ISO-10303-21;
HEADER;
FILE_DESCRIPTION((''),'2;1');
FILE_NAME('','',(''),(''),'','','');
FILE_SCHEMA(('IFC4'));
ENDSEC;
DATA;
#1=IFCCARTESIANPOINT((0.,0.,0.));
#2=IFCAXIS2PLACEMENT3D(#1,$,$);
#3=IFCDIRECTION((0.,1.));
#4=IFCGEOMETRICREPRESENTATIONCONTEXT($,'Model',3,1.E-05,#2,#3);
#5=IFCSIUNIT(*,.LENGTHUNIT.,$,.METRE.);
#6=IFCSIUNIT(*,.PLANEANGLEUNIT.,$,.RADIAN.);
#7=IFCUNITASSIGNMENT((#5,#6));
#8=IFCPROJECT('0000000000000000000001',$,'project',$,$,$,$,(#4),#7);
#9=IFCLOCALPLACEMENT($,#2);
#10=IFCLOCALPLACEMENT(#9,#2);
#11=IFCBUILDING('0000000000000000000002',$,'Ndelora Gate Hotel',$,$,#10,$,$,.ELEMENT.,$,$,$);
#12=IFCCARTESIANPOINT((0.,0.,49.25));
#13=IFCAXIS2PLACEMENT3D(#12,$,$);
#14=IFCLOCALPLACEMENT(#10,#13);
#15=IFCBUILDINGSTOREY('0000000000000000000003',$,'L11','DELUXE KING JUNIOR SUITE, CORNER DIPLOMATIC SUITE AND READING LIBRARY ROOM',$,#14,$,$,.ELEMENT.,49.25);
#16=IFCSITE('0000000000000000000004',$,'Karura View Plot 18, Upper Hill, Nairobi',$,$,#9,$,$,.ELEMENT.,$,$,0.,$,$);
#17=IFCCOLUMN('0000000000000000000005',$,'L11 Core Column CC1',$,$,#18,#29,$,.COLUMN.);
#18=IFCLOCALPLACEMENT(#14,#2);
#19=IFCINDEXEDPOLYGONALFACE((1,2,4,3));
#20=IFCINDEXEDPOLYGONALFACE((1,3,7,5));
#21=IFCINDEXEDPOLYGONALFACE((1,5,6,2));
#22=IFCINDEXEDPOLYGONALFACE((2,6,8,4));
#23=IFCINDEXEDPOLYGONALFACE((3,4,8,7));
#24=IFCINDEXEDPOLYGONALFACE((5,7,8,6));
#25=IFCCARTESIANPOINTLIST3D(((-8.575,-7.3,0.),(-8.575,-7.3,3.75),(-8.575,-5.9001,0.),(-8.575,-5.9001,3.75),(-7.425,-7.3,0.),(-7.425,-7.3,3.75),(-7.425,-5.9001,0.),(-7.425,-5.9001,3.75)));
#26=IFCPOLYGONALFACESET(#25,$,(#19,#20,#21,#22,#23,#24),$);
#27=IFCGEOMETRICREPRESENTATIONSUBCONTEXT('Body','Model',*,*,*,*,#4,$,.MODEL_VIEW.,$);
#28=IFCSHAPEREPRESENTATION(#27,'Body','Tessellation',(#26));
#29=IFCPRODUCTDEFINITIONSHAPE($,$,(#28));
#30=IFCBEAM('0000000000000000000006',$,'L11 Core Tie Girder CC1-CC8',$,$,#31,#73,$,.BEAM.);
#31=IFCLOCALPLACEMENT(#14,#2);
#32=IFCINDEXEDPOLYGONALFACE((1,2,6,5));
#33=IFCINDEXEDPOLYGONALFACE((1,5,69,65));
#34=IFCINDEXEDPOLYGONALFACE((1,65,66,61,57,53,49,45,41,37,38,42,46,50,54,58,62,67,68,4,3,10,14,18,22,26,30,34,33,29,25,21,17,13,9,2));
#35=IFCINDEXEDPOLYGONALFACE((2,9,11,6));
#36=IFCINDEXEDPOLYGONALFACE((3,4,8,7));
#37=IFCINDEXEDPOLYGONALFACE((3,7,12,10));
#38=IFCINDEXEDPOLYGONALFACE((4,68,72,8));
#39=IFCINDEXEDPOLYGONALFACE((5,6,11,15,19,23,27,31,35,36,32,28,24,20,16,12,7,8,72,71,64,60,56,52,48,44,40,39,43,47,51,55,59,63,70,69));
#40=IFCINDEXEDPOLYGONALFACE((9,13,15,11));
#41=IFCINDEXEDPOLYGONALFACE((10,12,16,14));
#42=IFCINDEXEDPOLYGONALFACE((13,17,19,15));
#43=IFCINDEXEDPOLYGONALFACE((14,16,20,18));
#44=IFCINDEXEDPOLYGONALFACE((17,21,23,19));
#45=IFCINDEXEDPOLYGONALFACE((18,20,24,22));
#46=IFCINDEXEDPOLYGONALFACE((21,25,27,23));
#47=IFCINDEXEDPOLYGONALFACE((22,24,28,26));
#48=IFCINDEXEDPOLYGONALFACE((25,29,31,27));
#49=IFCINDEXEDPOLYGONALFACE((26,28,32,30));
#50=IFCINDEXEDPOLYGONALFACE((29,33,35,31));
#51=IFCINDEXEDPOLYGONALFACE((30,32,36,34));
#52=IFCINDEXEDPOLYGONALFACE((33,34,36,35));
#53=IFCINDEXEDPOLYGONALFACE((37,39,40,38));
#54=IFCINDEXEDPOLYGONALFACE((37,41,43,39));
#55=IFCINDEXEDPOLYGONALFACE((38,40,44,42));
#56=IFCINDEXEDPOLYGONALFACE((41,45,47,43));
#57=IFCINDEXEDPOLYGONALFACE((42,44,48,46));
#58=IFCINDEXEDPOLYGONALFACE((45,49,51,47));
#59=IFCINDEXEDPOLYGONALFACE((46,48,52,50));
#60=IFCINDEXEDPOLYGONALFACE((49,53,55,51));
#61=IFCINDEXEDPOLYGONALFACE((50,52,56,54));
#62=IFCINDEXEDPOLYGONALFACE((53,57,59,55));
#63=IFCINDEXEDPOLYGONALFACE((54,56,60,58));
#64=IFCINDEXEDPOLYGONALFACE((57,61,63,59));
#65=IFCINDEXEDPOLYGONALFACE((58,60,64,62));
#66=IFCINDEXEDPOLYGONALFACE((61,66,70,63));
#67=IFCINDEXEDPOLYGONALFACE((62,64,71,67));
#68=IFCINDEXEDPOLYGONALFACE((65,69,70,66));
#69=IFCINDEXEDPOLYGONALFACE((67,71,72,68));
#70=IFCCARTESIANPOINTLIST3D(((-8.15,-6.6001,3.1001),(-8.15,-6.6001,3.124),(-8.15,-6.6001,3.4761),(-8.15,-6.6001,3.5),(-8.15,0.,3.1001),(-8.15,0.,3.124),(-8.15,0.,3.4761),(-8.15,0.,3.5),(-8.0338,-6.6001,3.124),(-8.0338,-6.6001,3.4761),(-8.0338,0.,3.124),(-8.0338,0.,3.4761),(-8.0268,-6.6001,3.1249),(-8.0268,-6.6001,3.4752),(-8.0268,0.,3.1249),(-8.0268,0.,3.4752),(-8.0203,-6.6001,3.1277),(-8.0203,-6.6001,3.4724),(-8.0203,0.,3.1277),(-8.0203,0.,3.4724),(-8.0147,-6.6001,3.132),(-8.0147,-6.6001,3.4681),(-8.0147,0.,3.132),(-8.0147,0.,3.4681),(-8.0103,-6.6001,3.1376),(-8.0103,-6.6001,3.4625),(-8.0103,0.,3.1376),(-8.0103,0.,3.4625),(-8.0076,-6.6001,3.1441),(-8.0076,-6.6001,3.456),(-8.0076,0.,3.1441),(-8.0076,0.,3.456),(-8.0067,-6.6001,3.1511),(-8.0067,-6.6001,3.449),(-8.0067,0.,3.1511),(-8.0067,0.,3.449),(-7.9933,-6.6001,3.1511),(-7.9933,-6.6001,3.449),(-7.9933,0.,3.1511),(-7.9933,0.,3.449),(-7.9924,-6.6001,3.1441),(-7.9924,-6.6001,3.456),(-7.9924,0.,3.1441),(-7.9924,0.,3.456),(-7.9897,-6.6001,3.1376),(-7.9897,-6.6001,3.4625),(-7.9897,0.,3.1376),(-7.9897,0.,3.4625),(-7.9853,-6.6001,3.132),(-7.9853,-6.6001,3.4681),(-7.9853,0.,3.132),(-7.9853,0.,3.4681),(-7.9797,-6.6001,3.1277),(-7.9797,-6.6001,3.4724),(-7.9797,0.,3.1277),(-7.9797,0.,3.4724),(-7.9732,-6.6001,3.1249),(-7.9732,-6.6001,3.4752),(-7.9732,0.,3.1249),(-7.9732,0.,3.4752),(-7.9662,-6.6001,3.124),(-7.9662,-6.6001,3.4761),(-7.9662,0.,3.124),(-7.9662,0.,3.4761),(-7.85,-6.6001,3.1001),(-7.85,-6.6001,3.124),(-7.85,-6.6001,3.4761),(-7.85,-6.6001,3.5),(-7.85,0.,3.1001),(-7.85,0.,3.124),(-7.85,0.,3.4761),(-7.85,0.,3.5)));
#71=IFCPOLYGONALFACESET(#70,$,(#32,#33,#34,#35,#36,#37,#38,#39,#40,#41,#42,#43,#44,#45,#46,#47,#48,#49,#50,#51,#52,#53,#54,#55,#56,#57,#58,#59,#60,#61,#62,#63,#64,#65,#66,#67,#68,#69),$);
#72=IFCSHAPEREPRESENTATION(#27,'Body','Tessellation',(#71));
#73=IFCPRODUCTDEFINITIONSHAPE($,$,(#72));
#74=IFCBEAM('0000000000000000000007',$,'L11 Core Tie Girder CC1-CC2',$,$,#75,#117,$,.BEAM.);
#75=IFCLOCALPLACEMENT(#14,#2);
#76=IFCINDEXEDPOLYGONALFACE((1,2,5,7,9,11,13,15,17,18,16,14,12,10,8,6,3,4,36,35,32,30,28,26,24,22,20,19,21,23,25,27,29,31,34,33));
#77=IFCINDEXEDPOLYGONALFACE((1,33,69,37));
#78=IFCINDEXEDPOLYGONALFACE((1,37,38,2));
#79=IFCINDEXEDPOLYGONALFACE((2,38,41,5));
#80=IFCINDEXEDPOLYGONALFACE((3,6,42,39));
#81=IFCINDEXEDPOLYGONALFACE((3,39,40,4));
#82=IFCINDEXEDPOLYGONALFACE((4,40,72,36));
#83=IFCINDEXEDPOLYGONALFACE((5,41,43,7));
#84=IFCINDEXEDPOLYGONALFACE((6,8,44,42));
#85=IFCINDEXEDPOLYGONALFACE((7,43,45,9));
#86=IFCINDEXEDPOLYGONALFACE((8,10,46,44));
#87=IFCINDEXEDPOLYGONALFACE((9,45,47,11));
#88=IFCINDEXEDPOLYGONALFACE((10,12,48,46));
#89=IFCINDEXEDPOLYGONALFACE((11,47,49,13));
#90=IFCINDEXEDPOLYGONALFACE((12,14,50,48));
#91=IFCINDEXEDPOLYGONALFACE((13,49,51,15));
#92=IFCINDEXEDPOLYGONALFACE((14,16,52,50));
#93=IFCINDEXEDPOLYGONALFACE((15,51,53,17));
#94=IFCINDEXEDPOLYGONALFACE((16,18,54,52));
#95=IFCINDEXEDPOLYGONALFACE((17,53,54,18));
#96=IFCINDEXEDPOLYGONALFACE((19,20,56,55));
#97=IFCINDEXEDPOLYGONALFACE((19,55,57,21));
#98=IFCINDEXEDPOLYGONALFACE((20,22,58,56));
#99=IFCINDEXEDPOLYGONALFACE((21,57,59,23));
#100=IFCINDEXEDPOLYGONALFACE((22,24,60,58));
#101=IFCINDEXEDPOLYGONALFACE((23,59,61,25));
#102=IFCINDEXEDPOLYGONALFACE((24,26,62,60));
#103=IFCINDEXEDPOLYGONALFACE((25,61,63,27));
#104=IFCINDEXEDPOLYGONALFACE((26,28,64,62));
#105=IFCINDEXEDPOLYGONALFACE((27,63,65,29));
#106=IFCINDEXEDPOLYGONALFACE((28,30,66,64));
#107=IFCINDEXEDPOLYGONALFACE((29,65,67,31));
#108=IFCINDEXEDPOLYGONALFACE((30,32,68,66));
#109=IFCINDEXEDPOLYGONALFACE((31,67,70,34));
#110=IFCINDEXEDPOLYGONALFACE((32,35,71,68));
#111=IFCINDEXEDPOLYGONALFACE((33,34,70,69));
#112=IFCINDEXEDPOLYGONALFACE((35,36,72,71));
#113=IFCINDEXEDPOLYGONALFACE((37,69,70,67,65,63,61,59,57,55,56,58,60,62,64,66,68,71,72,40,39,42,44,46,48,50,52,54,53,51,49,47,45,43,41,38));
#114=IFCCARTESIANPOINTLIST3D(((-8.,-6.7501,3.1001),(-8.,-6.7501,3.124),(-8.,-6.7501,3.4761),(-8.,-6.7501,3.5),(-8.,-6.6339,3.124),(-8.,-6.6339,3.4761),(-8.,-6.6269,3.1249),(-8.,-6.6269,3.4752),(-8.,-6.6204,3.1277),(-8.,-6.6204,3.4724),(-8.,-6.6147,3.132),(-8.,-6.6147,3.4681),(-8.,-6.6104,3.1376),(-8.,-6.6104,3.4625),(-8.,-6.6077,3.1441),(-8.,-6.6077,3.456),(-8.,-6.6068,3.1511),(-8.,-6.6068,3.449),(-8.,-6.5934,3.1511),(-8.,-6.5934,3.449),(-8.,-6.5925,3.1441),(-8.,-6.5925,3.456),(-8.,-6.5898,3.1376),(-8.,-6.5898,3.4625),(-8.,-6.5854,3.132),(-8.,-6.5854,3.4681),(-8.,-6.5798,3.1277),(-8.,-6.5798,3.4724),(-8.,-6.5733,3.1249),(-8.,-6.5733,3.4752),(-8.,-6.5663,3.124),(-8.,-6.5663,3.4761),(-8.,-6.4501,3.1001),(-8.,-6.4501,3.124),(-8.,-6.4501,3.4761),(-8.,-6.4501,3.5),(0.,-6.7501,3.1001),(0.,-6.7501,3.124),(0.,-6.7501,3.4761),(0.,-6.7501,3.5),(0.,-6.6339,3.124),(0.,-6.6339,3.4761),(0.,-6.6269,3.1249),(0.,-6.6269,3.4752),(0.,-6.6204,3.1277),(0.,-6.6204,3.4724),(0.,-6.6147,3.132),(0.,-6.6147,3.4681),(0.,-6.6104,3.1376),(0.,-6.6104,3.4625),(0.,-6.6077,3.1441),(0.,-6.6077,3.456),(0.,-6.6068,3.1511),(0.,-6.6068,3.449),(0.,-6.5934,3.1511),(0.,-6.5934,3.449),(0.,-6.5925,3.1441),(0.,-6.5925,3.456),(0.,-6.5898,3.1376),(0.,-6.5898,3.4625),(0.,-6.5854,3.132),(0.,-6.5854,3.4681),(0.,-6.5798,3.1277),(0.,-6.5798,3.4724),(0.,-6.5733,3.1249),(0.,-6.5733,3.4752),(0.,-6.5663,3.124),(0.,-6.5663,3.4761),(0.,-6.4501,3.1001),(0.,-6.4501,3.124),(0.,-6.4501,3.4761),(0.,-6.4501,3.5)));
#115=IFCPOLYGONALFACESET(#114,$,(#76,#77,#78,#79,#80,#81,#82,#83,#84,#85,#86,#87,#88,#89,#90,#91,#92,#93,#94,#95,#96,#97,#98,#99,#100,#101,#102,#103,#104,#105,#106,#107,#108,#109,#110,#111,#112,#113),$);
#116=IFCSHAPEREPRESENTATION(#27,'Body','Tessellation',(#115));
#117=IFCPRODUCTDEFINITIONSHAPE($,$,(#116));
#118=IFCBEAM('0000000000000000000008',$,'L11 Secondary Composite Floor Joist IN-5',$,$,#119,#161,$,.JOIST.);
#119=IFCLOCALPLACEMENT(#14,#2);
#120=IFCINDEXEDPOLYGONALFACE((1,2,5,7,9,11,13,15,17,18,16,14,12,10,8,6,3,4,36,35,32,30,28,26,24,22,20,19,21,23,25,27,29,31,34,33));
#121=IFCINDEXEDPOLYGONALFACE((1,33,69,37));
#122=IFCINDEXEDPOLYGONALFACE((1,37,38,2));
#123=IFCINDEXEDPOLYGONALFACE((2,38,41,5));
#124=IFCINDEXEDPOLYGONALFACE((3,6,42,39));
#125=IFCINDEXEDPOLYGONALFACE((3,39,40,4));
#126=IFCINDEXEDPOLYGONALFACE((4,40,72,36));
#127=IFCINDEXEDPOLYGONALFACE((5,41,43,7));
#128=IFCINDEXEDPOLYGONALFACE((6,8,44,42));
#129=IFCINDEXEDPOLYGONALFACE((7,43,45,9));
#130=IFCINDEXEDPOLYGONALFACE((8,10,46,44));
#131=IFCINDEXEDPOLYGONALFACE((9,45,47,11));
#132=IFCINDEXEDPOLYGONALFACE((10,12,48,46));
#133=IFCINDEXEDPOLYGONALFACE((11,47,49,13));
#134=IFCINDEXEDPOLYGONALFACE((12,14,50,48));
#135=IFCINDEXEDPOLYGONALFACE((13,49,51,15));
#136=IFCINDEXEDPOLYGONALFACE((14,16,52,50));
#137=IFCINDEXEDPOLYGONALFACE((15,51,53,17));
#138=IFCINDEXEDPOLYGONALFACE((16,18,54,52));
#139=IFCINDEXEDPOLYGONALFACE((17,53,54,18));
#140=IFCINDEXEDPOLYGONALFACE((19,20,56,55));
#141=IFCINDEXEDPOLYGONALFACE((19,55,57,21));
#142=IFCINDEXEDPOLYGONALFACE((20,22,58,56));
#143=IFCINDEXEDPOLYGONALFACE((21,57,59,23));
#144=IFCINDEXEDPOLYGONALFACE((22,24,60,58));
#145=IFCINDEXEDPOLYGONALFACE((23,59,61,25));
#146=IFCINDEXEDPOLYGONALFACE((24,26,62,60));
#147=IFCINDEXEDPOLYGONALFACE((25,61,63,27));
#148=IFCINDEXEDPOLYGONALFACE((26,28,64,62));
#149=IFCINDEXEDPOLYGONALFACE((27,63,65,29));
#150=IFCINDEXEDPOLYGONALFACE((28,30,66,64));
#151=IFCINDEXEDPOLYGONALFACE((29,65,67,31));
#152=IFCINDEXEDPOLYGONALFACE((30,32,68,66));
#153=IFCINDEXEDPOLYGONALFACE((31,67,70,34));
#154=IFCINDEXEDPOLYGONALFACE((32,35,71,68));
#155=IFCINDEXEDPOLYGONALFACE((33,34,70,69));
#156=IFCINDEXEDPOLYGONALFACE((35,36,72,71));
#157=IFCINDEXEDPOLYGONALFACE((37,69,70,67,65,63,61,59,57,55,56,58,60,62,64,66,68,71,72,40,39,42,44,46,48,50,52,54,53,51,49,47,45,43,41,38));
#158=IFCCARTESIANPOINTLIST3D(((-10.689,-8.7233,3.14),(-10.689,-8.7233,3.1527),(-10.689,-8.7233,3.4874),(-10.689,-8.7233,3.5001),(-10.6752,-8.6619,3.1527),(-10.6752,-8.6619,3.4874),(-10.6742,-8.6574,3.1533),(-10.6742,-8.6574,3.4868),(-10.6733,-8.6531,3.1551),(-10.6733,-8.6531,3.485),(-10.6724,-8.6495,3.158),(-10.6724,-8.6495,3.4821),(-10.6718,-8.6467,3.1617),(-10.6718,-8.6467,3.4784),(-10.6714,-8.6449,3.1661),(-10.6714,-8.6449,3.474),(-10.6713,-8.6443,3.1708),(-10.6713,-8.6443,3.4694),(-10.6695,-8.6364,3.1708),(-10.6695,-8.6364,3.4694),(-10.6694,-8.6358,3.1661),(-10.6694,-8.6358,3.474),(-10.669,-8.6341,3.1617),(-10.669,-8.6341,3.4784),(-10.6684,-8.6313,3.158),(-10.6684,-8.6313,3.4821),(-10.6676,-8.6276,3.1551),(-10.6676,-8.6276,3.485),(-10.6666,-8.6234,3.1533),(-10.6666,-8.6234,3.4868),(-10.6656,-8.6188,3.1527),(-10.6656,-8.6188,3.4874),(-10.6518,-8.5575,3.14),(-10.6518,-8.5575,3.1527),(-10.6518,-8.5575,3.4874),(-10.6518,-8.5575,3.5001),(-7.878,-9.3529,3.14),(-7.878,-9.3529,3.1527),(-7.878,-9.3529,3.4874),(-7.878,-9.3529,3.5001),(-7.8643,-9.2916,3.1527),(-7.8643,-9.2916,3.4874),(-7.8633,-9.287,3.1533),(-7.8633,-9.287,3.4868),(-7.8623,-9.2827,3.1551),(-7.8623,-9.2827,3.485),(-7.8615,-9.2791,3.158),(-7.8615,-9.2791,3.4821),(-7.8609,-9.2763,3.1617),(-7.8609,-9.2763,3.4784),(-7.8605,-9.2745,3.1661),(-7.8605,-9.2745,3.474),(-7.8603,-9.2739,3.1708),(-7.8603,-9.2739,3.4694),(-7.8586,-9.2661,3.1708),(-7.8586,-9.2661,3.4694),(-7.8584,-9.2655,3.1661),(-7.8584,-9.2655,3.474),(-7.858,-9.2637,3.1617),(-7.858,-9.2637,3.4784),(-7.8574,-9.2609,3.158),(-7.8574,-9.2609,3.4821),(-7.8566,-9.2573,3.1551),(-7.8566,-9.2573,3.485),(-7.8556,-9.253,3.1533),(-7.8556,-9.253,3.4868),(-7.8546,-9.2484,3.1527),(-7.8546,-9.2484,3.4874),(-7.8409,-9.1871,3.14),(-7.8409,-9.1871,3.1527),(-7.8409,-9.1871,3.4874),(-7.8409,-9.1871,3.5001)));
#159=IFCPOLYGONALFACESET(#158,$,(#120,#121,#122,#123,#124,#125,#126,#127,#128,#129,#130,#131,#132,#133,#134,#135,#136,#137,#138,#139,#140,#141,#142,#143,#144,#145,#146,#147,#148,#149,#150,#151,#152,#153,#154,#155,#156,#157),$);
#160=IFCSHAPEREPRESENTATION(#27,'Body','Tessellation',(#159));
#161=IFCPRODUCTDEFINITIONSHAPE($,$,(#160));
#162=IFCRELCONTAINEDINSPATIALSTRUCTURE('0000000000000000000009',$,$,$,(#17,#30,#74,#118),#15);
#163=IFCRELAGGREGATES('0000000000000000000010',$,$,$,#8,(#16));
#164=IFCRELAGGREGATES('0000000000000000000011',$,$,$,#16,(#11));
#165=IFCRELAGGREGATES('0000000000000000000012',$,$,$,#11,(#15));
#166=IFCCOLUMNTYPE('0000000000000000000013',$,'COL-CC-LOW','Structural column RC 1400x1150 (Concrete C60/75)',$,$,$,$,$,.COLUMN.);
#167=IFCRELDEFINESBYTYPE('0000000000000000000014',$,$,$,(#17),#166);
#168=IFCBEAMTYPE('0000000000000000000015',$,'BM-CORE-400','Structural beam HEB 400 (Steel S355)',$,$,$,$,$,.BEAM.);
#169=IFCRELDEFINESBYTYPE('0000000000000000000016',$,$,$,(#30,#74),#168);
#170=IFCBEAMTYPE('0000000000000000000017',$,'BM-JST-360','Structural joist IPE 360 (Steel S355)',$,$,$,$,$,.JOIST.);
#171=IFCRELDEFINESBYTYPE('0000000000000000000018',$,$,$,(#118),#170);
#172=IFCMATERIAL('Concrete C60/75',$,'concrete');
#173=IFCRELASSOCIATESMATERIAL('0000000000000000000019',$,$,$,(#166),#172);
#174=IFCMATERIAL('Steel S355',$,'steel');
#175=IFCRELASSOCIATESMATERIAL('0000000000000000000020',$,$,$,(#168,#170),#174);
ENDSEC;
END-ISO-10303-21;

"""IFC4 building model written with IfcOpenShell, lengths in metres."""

from ifc_helpers import new_model, si_unit, direction, frame, origin, origin_2d, place, context, subcontext, project, spatial, rectangle, i_section, extrude, material, material_profile, profile_set, type_object, element, save


model = new_model("IFC4")

# Units and contexts
model_context = context("Model", 3, precision=1e-05, world=origin(), true_north=direction((0.0, 1.0)))
body_context = subcontext(model_context, "Body", "Model", "MODEL_VIEW")
ifc_project = project(units=[si_unit("LENGTHUNIT", "METRE"), si_unit("PLANEANGLEUNIT", "RADIAN")], contexts=[model_context])

# Site, building, storey
site_placement = place(None, origin())
site = spatial("IfcSite", under=ifc_project, at=site_placement, Name="Karura View Plot 18, Upper Hill, Nairobi", CompositionType="ELEMENT", RefElevation=0.0)
building_placement = place(site_placement, origin())
building = spatial("IfcBuilding", under=site, at=building_placement, Name="Ndelora Gate Hotel", CompositionType="ELEMENT")
storey_placement = place(building_placement, frame((0.0, 0.0, 49.25)))
storey = spatial("IfcBuildingStorey", under=building, at=storey_placement, Name="L11", Description="DELUXE KING JUNIOR SUITE, CORNER DIPLOMATIC SUITE AND READING LIBRARY ROOM", CompositionType="ELEMENT", Elevation=49.25)

# Column
ifc_material_1 = material(Name="Concrete C60/75", Category="concrete")
ifc_material_profile_1 = material_profile(ifc_material_1, rectangle(XDim=1.1499, YDim=1.3999, at=origin_2d()), Name="RC 1400x1150")
ifc_profile_set_1 = profile_set([ifc_material_profile_1], Name="Concrete C60/75")
column_type = type_object("IfcColumnType", Name="COL-CC-LOW", Description="Structural column RC 1400x1150 (Concrete C60/75)", PredefinedType="COLUMN", material=ifc_profile_set_1)
column_placement = place(storey_placement, frame((-8.0, -6.6001, 0.0), z_axis=(0.0, 0.0, 1.0), x_axis=(1.0, 0.0, 0.0)))
element("IfcColumn", 1, at=column_placement, inside=storey, type_object=column_type, Name="L11 Core Column CC1", PredefinedType="COLUMN", context=body_context, shape_type="SweptSolid", body=[
    extrude(rectangle(XDim=1.1499, YDim=1.3999, at=origin_2d()), origin(), (0.0, 0.0, 1.0), 3.75),
])

# Beams
ifc_material_2 = material(Name="Steel S355", Category="steel")
ifc_material_profile_2 = material_profile(ifc_material_2, i_section(OverallWidth=0.3, OverallDepth=0.3999, WebThickness=0.0134, FlangeThickness=0.0239, FilletRadius=0.0271, at=origin_2d()), Name="HEB 400")
ifc_profile_set_2 = profile_set([ifc_material_profile_2], Name="Steel S355")
beam_type_1 = type_object("IfcBeamType", Name="BM-CORE-400", Description="Structural beam HEB 400 (Steel S355)", PredefinedType="BEAM", material=ifc_profile_set_2)
beam_1_placement = place(storey_placement, frame((-8.0, -6.6001, 3.3), z_axis=(0.0, 1.0, 0.0), x_axis=(-1.0, 0.0, 0.0)))
element("IfcBeam", 2, at=beam_1_placement, inside=storey, type_object=beam_type_1, Name="L11 Core Tie Girder CC1-CC8", PredefinedType="BEAM", context=body_context, shape_type="SweptSolid", body=[
    extrude(i_section(OverallWidth=0.3, OverallDepth=0.3999, WebThickness=0.0134, FlangeThickness=0.0239, FilletRadius=0.0271, at=origin_2d()), origin(), (0.0, 0.0, 1.0), 6.6001),
])
beam_2_placement = place(storey_placement, frame((-8.0, -6.6001, 3.3), z_axis=(1.0, 0.0, 0.0), x_axis=(0.0, 1.0, 0.0)))
element("IfcBeam", 3, at=beam_2_placement, inside=storey, type_object=beam_type_1, Name="L11 Core Tie Girder CC1-CC2", PredefinedType="BEAM", context=body_context, shape_type="SweptSolid", body=[
    extrude(i_section(OverallWidth=0.3, OverallDepth=0.3999, WebThickness=0.0134, FlangeThickness=0.0239, FilletRadius=0.0271, at=origin_2d()), origin(), (0.0, 0.0, 1.0), 8.0),
])
ifc_material_profile_3 = material_profile(ifc_material_2, i_section(OverallWidth=0.1699, OverallDepth=0.3601, WebThickness=0.0081, FlangeThickness=0.0127, FilletRadius=0.0181, at=origin_2d()), Name="IPE 360")
ifc_profile_set_3 = profile_set([ifc_material_profile_3], Name="Steel S355")
beam_type_2 = type_object("IfcBeamType", Name="BM-JST-360", Description="Structural joist IPE 360 (Steel S355)", PredefinedType="JOIST", material=ifc_profile_set_3)
beam_3_placement = place(storey_placement, frame((-10.6704, -8.6404, 3.3201), z_axis=(0.975821, -0.218572, 0.0), x_axis=(0.218572, 0.975821, 0.0)))
element("IfcBeam", 4, at=beam_3_placement, inside=storey, type_object=beam_type_2, Name="L11 Secondary Composite Floor Joist IN-5", PredefinedType="JOIST", context=body_context, shape_type="SweptSolid", body=[
    extrude(i_section(OverallWidth=0.1699, OverallDepth=0.3601, WebThickness=0.0081, FlangeThickness=0.0127, FilletRadius=0.0181, at=origin_2d()), origin(), (0.0, 0.0, 1.0), 2.8806),
])

save(model, "model.ifc")
